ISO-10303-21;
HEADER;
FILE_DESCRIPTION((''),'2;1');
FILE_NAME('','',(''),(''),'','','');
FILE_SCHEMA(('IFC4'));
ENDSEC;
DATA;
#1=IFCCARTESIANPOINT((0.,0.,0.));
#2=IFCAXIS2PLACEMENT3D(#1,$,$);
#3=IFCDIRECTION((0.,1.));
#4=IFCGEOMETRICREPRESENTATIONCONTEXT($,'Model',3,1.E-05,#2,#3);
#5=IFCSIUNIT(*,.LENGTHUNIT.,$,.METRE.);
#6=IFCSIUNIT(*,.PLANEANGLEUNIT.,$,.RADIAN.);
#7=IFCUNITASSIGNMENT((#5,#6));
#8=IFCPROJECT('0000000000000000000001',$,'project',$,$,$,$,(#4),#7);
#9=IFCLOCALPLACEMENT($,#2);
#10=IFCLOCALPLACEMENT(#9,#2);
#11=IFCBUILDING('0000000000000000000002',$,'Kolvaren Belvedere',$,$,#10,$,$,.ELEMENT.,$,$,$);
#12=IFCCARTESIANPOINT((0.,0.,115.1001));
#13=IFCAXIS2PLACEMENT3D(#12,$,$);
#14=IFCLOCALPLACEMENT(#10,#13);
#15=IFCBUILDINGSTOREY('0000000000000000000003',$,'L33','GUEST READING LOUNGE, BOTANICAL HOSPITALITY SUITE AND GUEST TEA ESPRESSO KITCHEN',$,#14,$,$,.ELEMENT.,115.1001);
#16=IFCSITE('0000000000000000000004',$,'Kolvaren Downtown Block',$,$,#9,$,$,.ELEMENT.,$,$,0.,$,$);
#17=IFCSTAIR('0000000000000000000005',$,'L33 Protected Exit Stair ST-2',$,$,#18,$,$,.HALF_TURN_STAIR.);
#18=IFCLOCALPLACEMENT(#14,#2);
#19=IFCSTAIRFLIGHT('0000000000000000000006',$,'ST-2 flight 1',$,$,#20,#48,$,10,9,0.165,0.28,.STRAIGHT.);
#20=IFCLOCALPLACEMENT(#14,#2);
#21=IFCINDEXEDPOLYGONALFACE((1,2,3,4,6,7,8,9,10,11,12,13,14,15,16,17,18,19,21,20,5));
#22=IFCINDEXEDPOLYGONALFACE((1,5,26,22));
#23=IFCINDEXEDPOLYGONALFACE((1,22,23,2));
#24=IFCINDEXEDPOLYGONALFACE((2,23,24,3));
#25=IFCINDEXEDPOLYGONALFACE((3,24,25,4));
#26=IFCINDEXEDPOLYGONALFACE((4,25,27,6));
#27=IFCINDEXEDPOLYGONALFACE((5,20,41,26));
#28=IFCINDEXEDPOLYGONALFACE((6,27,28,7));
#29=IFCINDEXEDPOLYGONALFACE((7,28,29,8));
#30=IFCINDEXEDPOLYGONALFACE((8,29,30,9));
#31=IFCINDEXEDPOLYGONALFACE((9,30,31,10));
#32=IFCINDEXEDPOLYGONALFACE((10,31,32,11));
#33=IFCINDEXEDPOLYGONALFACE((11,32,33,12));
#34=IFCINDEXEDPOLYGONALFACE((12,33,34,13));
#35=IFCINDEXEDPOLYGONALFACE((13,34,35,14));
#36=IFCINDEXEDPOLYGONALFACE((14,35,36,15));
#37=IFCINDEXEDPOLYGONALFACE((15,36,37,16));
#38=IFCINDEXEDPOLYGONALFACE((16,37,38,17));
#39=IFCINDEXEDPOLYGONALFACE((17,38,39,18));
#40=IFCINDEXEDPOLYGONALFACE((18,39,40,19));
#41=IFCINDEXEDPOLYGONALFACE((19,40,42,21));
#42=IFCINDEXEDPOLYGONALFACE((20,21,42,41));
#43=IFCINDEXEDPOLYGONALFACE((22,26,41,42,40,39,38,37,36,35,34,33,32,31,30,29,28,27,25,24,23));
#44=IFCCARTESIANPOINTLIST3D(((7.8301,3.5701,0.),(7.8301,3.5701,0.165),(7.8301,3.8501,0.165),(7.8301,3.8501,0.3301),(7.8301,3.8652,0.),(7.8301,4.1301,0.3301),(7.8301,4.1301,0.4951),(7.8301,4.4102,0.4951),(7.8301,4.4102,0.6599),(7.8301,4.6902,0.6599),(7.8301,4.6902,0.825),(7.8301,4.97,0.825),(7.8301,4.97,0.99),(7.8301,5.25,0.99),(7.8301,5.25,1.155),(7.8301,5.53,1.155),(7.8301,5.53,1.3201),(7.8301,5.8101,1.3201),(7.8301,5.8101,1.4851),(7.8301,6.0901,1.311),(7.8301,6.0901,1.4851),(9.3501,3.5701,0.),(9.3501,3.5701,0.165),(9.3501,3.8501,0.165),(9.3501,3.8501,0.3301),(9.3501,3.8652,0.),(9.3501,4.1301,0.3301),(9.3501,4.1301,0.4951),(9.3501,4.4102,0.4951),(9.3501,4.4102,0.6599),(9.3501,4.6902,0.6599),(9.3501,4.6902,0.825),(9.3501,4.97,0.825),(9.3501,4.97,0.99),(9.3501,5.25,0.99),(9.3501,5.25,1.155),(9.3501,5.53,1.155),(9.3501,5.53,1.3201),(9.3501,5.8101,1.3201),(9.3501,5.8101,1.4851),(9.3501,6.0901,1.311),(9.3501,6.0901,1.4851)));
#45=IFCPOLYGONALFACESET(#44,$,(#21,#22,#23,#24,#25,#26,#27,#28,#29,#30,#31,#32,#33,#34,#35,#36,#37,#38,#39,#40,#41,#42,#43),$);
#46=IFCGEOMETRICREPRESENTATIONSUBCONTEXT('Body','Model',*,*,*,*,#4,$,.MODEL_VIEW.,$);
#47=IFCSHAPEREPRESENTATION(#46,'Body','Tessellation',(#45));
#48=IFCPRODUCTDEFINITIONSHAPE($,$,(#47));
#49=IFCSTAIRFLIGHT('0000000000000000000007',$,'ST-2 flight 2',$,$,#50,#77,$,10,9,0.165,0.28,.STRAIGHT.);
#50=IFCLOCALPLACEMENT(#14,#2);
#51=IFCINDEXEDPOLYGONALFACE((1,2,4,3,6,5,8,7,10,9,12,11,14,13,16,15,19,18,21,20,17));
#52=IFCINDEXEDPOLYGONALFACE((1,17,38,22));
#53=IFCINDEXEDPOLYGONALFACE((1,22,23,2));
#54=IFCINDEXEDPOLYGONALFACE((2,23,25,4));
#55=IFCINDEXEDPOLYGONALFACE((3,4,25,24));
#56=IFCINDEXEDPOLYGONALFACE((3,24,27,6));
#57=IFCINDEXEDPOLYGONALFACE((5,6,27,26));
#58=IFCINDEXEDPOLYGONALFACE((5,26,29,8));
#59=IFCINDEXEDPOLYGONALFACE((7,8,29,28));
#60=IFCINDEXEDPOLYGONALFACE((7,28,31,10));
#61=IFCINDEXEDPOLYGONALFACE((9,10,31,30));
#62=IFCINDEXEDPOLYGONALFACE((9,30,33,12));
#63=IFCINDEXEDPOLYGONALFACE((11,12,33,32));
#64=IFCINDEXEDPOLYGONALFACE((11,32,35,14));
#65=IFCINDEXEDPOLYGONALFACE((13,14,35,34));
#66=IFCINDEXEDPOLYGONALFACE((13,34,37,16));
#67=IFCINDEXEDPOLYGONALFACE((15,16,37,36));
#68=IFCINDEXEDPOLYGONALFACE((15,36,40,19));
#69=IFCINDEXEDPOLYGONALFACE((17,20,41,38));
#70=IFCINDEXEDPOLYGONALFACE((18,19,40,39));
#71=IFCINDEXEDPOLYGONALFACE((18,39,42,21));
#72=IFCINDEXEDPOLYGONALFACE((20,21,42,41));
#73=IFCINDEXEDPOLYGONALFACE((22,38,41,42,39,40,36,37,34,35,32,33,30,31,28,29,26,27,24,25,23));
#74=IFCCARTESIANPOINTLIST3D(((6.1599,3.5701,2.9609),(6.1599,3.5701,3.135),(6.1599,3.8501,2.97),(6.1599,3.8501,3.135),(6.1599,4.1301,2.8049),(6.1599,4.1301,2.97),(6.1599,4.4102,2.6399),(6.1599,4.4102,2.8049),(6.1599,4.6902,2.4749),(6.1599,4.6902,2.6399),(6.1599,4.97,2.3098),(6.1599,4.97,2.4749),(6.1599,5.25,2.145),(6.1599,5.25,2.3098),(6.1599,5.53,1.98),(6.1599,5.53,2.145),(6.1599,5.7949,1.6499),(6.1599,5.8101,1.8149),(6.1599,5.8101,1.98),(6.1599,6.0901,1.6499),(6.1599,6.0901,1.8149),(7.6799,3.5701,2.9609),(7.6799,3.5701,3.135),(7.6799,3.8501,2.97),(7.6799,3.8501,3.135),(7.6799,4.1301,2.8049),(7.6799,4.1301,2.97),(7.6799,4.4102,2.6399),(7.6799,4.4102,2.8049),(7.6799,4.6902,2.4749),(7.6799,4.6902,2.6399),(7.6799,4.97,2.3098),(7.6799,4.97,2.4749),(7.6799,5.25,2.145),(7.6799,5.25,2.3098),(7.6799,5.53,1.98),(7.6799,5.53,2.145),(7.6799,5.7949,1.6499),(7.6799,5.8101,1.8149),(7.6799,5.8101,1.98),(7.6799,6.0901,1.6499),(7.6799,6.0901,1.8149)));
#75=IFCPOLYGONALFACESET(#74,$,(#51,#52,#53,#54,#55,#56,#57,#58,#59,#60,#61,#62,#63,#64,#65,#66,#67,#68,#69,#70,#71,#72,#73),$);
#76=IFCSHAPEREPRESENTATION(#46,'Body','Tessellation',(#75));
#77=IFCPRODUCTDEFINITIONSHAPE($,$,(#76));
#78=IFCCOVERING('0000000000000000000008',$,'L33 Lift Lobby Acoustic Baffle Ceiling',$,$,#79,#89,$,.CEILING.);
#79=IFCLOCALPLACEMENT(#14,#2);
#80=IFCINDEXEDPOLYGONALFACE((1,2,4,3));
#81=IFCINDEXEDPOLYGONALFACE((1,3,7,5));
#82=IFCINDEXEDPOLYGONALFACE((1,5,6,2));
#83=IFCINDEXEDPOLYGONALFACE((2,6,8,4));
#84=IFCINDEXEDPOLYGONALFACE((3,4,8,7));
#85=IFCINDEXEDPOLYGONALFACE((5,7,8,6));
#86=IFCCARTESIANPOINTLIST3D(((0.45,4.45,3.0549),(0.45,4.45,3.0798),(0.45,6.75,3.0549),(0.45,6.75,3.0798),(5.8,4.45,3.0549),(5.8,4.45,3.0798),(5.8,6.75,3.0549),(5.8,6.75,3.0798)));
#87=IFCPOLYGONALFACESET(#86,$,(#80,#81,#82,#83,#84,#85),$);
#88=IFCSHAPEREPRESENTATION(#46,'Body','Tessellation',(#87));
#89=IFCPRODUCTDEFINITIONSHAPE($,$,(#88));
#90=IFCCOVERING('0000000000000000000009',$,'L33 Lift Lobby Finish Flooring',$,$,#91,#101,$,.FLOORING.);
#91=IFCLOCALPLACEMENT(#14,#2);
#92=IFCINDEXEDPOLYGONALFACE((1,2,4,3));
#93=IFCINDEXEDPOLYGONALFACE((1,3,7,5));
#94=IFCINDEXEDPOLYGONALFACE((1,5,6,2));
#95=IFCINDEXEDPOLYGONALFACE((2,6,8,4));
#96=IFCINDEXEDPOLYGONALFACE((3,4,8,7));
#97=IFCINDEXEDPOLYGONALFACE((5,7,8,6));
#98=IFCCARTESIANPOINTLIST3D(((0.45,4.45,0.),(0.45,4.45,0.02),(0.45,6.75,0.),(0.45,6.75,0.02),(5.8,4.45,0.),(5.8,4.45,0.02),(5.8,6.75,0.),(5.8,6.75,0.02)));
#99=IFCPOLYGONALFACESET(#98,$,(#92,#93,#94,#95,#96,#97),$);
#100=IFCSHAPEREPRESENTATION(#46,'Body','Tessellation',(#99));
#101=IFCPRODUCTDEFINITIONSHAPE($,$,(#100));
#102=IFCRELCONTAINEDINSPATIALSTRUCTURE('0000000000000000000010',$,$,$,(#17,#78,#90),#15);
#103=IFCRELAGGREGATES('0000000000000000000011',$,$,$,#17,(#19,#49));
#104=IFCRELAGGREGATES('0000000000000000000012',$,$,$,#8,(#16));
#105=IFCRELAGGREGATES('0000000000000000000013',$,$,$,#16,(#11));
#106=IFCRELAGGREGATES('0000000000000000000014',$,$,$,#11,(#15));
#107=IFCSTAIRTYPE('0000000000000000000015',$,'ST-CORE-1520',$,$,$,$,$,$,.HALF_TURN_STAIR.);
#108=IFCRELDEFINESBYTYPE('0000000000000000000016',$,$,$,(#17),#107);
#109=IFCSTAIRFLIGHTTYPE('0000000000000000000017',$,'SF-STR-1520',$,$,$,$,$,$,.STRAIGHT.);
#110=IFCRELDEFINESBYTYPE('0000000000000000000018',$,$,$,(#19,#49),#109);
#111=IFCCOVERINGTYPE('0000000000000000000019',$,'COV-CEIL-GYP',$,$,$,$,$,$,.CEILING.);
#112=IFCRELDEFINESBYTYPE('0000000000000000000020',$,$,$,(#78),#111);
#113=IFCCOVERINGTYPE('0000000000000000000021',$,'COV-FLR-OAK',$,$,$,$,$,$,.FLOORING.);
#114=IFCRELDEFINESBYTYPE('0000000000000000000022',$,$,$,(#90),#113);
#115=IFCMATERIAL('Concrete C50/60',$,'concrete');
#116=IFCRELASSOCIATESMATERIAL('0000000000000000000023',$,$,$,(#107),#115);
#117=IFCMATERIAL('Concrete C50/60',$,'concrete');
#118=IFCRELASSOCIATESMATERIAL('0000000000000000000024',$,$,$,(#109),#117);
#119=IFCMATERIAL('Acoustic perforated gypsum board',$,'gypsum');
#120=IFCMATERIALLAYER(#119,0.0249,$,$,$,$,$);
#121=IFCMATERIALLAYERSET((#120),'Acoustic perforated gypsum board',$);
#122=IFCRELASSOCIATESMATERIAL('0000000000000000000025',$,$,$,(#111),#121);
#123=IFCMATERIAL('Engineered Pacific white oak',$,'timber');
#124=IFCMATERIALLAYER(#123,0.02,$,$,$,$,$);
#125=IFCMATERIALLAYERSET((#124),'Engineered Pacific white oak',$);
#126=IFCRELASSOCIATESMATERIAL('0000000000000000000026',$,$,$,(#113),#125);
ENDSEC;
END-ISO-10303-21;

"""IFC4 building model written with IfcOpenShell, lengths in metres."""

from ifc_helpers import new_model, si_unit, direction, frame, origin, place, context, subcontext, project, spatial, polyline, outline, extrude, material, layer, layer_set, type_object, element, aggregate, save


model = new_model("IFC4")

# Units and contexts
model_context = context("Model", 3, precision=1e-05, world=origin(), true_north=direction((0.0, 1.0)))
body_context = subcontext(model_context, "Body", "Model", "MODEL_VIEW")
ifc_project = project(units=[si_unit("LENGTHUNIT", "METRE"), si_unit("PLANEANGLEUNIT", "RADIAN")], contexts=[model_context])

# Site, building, storey
site_placement = place(None, origin())
site = spatial("IfcSite", under=ifc_project, at=site_placement, Name="Kolvaren Downtown Block", CompositionType="ELEMENT", RefElevation=0.0)
building_placement = place(site_placement, origin())
building = spatial("IfcBuilding", under=site, at=building_placement, Name="Kolvaren Belvedere", CompositionType="ELEMENT")
storey_placement = place(building_placement, frame((0.0, 0.0, 115.1001)))
storey = spatial("IfcBuildingStorey", under=building, at=storey_placement, Name="L33", Description="GUEST READING LOUNGE, BOTANICAL HOSPITALITY SUITE AND GUEST TEA ESPRESSO KITCHEN", CompositionType="ELEMENT", Elevation=115.1001)

# Stair
ifc_material_1 = material(Name="Concrete C50/60", Category="concrete")
stair_type = type_object("IfcStairType", Name="ST-CORE-1520", PredefinedType="HALF_TURN_STAIR", material=ifc_material_1)
stair_1_placement = place(storey_placement, origin())
stair_1 = element("IfcStair", 1, at=stair_1_placement, inside=storey, type_object=stair_type, Name="L33 Protected Exit Stair ST-2", PredefinedType="HALF_TURN_STAIR")

# Stair flights
ifc_material_2 = material(Name="Concrete C50/60", Category="concrete")
stair_flight_type = type_object("IfcStairFlightType", Name="SF-STR-1520", PredefinedType="STRAIGHT", material=ifc_material_2)
stair_flight_1_placement = place(storey_placement, frame((8.5901, 3.5701, 0.0), z_axis=(0.0, 0.0, 1.0), x_axis=(0.0, 1.0, 0.0)))
stair_flight_1 = element("IfcStairFlight", 2, at=stair_flight_1_placement, type_object=stair_flight_type, Name="ST-2 flight 1", NumberOfRisers=10, NumberOfTreads=9, PredefinedType="STRAIGHT", RiserHeight=0.165, TreadLength=0.28, context=body_context, shape_type="SweptSolid", body=[
    extrude(outline(polyline([(0.0, 0.0), (0.0, 0.165), (0.28, 0.165), (0.28, 0.3301), (0.5601, 0.3301), (0.5601, 0.4951), (0.8401, 0.4951), (0.8401, 0.6599), (1.1201, 0.6599), (1.1201, 0.825), (1.3999, 0.825), (1.3999, 0.99), (1.6799, 0.99), (1.6799, 1.155), (1.96, 1.155), (1.96, 1.3201), (2.24, 1.3201), (2.24, 1.4851), (2.52, 1.4851), (2.52, 1.6499), (2.52, 1.311), (0.2952, 0.0), (0.0, 0.0)])), frame((0.0, 0.76, 0.0), z_axis=(0.0, -1.0, 0.0), x_axis=(1.0, 0.0, 0.0)), (0.0, 0.0, 1.0), 1.52),
])
stair_flight_2_placement = place(storey_placement, frame((6.9199, 6.0901, 1.6499), z_axis=(0.0, 0.0, 1.0), x_axis=(0.0, -1.0, 0.0)))
stair_flight_2 = element("IfcStairFlight", 3, at=stair_flight_2_placement, type_object=stair_flight_type, Name="ST-2 flight 2", NumberOfRisers=10, NumberOfTreads=9, PredefinedType="STRAIGHT", RiserHeight=0.165, TreadLength=0.28, context=body_context, shape_type="SweptSolid", body=[
    extrude(outline(polyline([(0.0, 0.0), (0.0, 0.165), (0.28, 0.165), (0.28, 0.3301), (0.5601, 0.3301), (0.5601, 0.4951), (0.8401, 0.4951), (0.8401, 0.6599), (1.1201, 0.6599), (1.1201, 0.825), (1.3999, 0.825), (1.3999, 0.99), (1.6799, 0.99), (1.6799, 1.155), (1.96, 1.155), (1.96, 1.3201), (2.24, 1.3201), (2.24, 1.4851), (2.52, 1.4851), (2.52, 1.6499), (2.52, 1.311), (0.2952, 0.0), (0.0, 0.0)])), frame((0.0, 0.76, 0.0), z_axis=(0.0, -1.0, 0.0), x_axis=(1.0, 0.0, 0.0)), (0.0, 0.0, 1.0), 1.52),
])
aggregate(stair_1, [stair_flight_1, stair_flight_2])

# Coverings
ifc_material_3 = material(Name="Acoustic perforated gypsum board", Category="gypsum")
ifc_layer_1 = layer(ifc_material_3, 0.0249)
ifc_layer_set_1 = layer_set([ifc_layer_1], Name="Acoustic perforated gypsum board")
covering_type_1 = type_object("IfcCoveringType", Name="COV-CEIL-GYP", PredefinedType="CEILING", material=ifc_layer_set_1)
covering_1_placement = place(storey_placement, frame((0.0, 0.0, 3.0549)))
element("IfcCovering", 4, at=covering_1_placement, inside=storey, type_object=covering_type_1, Name="L33 Lift Lobby Acoustic Baffle Ceiling", PredefinedType="CEILING", context=body_context, shape_type="SweptSolid", body=[
    extrude(outline(polyline([(0.45, 4.45), (5.8, 4.45), (5.8, 6.75), (0.45, 6.75), (0.45, 4.45)])), origin(), (0.0, 0.0, 1.0), 0.0249),
])
ifc_material_4 = material(Name="Engineered Pacific white oak", Category="timber")
ifc_layer_2 = layer(ifc_material_4, 0.02)
ifc_layer_set_2 = layer_set([ifc_layer_2], Name="Engineered Pacific white oak")
covering_type_2 = type_object("IfcCoveringType", Name="COV-FLR-OAK", PredefinedType="FLOORING", material=ifc_layer_set_2)
covering_2_placement = place(storey_placement, origin())
element("IfcCovering", 5, at=covering_2_placement, inside=storey, type_object=covering_type_2, Name="L33 Lift Lobby Finish Flooring", PredefinedType="FLOORING", context=body_context, shape_type="SweptSolid", body=[
    extrude(outline(polyline([(0.45, 4.45), (5.8, 4.45), (5.8, 6.75), (0.45, 6.75), (0.45, 4.45)])), origin(), (0.0, 0.0, 1.0), 0.02),
])

save(model, "model.ifc")
